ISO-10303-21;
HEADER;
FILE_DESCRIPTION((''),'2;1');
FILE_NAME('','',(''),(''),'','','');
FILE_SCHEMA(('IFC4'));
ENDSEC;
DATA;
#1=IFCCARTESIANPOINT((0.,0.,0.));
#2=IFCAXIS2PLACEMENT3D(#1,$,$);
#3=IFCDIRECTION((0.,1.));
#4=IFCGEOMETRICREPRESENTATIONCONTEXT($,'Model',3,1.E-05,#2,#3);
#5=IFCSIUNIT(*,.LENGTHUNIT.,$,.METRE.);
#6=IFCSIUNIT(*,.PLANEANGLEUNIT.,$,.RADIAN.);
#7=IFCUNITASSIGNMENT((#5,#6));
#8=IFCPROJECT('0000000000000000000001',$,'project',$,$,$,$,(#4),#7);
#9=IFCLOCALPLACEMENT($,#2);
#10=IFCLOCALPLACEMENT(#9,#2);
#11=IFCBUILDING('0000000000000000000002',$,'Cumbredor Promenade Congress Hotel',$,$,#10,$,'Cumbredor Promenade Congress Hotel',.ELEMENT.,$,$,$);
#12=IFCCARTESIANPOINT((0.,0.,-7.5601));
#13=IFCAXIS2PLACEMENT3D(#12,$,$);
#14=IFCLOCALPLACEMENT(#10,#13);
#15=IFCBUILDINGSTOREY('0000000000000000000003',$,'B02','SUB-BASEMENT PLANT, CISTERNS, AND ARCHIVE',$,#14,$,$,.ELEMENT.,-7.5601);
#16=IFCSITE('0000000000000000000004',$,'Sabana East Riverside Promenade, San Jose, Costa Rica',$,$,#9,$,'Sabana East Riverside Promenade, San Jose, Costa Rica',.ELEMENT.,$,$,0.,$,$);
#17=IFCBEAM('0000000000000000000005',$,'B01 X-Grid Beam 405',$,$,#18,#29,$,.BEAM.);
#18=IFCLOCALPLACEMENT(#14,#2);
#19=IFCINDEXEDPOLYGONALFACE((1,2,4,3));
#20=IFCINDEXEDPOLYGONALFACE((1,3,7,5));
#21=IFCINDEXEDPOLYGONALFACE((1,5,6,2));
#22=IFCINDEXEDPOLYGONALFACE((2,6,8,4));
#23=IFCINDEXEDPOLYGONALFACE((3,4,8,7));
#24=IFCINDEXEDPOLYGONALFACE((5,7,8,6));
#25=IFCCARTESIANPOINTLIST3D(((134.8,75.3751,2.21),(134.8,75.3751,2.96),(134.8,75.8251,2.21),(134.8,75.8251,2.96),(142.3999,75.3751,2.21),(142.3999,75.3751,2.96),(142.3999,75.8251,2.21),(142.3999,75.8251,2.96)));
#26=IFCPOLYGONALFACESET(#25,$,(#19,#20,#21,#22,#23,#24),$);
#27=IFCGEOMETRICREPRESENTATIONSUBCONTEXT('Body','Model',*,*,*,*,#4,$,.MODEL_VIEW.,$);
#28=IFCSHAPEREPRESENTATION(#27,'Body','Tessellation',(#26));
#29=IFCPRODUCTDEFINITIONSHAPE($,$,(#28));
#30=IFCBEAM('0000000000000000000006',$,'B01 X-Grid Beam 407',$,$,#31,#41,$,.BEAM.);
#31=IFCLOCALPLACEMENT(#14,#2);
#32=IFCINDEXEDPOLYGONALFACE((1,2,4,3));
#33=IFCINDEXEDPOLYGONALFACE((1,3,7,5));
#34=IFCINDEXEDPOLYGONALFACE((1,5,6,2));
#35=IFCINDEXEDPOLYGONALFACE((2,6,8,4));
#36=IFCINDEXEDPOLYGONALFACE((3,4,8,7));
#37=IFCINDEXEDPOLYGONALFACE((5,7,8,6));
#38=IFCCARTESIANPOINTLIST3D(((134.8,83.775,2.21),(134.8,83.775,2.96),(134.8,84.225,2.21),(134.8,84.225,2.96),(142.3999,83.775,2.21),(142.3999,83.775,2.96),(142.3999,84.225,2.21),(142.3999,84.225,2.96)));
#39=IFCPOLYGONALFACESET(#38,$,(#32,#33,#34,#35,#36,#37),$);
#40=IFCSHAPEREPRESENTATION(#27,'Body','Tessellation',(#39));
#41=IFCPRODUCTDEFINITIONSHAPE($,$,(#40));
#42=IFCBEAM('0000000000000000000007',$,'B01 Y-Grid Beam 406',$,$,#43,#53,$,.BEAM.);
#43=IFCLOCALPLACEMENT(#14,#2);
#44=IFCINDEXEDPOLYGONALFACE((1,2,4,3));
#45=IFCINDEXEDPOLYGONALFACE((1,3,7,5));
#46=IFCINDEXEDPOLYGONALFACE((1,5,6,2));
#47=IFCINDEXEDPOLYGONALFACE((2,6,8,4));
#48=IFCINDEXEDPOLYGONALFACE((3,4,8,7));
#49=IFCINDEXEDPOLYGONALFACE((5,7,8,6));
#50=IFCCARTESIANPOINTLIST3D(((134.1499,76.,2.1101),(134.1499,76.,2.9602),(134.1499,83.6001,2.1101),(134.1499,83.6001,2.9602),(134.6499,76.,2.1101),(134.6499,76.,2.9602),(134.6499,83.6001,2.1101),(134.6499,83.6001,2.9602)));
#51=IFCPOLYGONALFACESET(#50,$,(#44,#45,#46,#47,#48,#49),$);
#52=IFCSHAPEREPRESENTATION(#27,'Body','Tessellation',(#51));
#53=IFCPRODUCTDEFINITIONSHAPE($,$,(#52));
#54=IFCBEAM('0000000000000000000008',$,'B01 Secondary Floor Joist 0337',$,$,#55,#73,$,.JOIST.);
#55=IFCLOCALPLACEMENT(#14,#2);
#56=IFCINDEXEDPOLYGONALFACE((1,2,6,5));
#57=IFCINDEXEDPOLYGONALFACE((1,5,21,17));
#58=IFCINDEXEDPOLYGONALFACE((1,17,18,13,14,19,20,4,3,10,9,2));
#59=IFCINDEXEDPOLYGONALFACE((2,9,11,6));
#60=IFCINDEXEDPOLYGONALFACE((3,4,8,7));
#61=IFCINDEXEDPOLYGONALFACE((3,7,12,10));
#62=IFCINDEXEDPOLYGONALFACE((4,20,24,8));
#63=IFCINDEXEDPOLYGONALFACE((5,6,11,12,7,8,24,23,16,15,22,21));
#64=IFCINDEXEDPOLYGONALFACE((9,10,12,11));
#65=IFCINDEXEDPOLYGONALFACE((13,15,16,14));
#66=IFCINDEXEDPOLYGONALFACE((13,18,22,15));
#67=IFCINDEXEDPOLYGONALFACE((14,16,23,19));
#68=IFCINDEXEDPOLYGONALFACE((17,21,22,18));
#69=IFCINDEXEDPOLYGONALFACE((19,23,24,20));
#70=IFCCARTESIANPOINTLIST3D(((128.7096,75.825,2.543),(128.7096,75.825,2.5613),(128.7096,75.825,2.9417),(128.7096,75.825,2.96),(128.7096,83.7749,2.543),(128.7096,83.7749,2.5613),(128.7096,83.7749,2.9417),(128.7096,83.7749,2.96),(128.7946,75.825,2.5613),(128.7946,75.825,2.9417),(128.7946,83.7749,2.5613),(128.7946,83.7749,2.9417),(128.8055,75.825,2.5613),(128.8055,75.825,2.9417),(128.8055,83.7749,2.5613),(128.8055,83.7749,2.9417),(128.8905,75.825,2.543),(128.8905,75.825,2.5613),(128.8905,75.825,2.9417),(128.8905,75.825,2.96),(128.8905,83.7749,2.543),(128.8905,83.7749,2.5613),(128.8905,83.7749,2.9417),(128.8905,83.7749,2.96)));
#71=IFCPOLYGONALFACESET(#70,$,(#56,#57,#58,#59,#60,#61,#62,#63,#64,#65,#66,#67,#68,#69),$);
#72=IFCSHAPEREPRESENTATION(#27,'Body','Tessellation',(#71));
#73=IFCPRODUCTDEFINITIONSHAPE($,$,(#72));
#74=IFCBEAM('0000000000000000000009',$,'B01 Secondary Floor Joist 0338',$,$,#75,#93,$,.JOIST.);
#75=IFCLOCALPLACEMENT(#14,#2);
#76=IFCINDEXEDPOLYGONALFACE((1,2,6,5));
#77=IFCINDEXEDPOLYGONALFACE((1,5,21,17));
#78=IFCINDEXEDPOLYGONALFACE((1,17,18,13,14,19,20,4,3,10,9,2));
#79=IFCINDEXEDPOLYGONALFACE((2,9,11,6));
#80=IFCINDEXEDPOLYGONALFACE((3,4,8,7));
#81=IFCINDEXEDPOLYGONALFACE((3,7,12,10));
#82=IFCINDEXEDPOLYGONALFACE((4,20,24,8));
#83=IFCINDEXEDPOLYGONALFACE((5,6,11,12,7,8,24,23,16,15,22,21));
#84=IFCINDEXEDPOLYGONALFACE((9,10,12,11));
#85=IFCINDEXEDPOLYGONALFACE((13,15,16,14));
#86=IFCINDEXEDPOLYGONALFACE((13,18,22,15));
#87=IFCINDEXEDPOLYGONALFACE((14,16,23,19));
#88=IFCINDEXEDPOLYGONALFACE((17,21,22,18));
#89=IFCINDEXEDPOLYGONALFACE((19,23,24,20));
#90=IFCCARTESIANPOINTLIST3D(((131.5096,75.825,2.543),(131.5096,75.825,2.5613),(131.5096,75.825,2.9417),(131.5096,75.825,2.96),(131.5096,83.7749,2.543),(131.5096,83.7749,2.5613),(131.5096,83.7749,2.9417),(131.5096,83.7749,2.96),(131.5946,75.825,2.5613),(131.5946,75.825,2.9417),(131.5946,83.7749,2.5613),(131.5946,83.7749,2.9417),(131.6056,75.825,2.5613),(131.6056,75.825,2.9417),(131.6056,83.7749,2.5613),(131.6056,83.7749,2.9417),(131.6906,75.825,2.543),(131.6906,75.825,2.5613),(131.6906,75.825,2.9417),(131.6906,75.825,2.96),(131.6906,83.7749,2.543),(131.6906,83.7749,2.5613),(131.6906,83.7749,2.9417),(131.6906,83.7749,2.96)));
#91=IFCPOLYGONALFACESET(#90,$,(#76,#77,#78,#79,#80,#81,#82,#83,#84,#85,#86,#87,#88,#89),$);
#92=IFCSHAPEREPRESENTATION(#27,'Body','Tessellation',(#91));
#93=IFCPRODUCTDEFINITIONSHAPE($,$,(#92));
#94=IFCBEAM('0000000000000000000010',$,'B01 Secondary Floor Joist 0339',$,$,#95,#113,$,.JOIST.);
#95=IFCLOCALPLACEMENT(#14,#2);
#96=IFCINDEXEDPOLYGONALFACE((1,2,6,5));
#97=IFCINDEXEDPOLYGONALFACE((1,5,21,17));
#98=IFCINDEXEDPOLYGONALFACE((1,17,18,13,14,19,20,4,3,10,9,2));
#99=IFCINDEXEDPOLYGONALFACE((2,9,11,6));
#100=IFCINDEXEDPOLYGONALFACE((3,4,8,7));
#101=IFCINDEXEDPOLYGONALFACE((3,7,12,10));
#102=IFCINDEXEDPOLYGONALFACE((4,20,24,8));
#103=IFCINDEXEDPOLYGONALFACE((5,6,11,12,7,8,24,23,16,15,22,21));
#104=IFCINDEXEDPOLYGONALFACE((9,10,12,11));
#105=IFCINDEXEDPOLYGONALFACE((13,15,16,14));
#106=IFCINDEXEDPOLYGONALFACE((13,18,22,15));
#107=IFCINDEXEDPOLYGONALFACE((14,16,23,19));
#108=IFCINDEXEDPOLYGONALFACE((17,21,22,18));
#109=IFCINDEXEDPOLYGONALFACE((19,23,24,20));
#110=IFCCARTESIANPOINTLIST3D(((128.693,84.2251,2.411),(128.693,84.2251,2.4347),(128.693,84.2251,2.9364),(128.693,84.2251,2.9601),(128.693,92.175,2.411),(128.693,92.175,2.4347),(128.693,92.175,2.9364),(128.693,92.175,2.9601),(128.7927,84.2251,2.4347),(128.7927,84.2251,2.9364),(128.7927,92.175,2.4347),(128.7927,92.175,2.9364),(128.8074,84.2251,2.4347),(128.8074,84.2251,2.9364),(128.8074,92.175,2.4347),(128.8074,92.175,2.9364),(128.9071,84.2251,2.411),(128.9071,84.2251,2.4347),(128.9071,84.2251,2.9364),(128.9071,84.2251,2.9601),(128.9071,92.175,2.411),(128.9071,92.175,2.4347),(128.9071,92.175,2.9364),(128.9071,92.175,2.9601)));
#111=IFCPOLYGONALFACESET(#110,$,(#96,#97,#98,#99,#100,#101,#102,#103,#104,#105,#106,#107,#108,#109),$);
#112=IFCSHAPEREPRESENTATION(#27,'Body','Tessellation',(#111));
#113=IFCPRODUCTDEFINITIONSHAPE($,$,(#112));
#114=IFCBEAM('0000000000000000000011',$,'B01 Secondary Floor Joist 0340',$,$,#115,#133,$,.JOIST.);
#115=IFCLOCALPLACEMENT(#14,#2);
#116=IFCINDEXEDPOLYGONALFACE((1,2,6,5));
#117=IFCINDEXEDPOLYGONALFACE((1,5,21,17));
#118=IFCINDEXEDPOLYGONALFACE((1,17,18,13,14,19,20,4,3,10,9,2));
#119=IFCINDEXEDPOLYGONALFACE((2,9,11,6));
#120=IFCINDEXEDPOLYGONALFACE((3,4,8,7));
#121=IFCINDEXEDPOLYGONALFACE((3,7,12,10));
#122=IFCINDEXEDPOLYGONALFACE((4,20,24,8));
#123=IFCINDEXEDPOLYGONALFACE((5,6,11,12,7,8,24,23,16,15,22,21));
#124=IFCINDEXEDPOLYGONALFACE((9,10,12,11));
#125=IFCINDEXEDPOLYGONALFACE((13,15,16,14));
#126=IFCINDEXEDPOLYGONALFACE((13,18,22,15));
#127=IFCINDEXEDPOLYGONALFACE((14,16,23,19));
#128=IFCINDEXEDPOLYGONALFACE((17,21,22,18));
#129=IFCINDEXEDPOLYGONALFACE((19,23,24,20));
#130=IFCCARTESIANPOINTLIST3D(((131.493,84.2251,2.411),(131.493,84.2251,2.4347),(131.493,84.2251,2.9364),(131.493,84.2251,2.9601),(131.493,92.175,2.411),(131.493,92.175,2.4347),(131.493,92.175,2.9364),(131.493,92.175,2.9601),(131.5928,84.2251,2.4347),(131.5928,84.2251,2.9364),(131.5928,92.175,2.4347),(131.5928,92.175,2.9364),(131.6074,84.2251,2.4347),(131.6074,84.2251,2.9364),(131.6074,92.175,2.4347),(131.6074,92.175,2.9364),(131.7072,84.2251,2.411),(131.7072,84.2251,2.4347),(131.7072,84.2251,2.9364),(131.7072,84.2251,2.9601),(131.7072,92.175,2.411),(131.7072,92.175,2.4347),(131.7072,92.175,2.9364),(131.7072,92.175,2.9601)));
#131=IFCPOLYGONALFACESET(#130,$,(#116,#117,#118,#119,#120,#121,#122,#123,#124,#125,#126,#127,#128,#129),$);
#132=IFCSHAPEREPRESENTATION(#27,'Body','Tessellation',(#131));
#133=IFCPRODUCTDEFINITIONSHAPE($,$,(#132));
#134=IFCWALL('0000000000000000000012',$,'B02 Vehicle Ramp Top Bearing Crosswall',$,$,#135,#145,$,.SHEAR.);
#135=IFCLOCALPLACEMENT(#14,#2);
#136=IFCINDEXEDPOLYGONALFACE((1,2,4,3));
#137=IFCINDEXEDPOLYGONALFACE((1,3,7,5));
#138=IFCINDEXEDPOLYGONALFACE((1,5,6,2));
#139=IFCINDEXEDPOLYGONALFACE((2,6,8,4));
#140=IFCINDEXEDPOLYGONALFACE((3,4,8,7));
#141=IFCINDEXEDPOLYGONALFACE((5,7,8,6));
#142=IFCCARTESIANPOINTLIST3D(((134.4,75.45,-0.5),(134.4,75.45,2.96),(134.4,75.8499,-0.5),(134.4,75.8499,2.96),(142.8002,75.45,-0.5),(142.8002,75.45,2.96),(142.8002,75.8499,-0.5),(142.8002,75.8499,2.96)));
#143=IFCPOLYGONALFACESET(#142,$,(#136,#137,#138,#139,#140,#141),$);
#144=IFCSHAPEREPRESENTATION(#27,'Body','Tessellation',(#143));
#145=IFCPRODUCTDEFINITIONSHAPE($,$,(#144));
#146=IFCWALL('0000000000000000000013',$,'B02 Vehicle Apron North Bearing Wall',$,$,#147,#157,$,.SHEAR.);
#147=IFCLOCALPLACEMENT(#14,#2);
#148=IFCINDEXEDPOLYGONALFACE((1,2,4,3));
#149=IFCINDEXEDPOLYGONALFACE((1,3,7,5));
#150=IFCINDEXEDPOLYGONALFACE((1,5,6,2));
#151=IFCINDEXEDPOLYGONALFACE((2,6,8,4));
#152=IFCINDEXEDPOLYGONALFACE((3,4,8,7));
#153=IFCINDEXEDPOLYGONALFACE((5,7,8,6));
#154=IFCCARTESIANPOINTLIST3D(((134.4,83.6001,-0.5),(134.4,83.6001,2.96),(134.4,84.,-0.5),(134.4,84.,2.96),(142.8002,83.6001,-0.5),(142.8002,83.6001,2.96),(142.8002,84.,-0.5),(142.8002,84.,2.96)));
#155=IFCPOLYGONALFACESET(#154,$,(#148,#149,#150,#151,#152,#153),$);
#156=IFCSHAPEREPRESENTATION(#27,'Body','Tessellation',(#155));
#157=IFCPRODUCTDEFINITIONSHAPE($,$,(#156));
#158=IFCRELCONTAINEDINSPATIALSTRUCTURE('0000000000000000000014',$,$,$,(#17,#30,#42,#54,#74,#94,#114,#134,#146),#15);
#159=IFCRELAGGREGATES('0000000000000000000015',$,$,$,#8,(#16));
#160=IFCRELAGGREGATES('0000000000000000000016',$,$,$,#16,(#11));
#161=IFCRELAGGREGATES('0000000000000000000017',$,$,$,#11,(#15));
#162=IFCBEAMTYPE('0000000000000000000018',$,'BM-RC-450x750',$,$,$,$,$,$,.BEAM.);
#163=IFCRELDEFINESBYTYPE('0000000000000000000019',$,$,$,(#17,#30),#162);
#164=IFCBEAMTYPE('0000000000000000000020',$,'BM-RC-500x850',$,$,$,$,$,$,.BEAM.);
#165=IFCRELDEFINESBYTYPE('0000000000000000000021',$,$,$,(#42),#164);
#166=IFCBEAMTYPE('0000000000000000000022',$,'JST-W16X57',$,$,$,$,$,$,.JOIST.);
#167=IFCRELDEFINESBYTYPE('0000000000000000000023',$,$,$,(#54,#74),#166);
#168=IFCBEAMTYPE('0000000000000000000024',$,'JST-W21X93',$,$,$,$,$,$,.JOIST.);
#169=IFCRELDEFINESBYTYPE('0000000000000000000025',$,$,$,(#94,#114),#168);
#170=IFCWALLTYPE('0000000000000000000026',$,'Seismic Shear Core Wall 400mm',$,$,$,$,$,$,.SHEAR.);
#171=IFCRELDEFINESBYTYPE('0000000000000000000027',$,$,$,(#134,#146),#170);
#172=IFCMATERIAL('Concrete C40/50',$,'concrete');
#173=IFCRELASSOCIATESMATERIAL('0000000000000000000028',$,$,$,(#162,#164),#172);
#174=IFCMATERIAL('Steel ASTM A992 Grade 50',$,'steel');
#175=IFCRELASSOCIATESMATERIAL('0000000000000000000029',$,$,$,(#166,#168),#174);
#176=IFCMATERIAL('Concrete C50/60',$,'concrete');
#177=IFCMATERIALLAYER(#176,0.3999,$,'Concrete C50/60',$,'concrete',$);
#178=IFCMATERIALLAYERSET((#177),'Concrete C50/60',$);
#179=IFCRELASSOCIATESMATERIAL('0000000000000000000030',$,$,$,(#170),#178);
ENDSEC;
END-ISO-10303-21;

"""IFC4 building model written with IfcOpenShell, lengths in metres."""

from ifc_helpers import new_model, si_unit, direction, frame, frame_2d, origin, origin_2d, place, context, subcontext, project, spatial, rectangle, i_section, extrude, material, layer, layer_set, material_profile, profile_set, type_object, element, save


model = new_model("IFC4")

# Units and contexts
model_context = context("Model", 3, precision=1e-05, world=origin(), true_north=direction((0.0, 1.0)))
body_context = subcontext(model_context, "Body", "Model", "MODEL_VIEW")
ifc_project = project(units=[si_unit("LENGTHUNIT", "METRE"), si_unit("PLANEANGLEUNIT", "RADIAN")], contexts=[model_context])

# Site, building, storey
site_placement = place(None, origin())
site = spatial("IfcSite", under=ifc_project, at=site_placement, Name="Sabana East Riverside Promenade, San Jose, Costa Rica", LongName="Sabana East Riverside Promenade, San Jose, Costa Rica", CompositionType="ELEMENT", RefElevation=0.0)
building_placement = place(site_placement, origin())
building = spatial("IfcBuilding", under=site, at=building_placement, Name="Cumbredor Promenade Congress Hotel", LongName="Cumbredor Promenade Congress Hotel", CompositionType="ELEMENT")
storey_placement = place(building_placement, frame((0.0, 0.0, -7.5601)))
storey = spatial("IfcBuildingStorey", under=building, at=storey_placement, Name="B02", Description="SUB-BASEMENT PLANT, CISTERNS, AND ARCHIVE", CompositionType="ELEMENT", Elevation=-7.5601)

# Shared definitions
ifc_material_1 = material(Name="Concrete C40/50", Category="concrete")

# Shared definitions
ifc_material_2 = material(Name="Concrete C50/60", Category="concrete")

# Beams
ifc_material_profile_1 = material_profile(ifc_material_1, rectangle(XDim=0.45, YDim=0.75, at=origin_2d()), Name="RC BEAM 450x750")
ifc_profile_set_1 = profile_set([ifc_material_profile_1], Name="Concrete C40/50")
beam_type_1 = type_object("IfcBeamType", Name="BM-RC-450x750", PredefinedType="BEAM", material=ifc_profile_set_1)
for number, where, z_axis, x_axis, name in (
    (1, (134.8, 75.6001, 2.585), (1.0, 0.0, 0.0), (0.0, 1.0, 0.0), "B01 X-Grid Beam 405"),
    (2, (134.8, 84.0, 2.585), (1.0, 0.0, 0.0), (0.0, 1.0, 0.0), "B01 X-Grid Beam 407"),
):
    element("IfcBeam", number, at=place(storey_placement, frame(where, z_axis=z_axis, x_axis=x_axis)), inside=storey, type_object=beam_type_1, Name=name, PredefinedType="BEAM", context=body_context, shape_type="SweptSolid", body=[
        extrude(rectangle(XDim=0.45, YDim=0.75, at=origin_2d()), origin(), (0.0, 0.0, 1.0), 7.5999),
    ])
ifc_material_profile_2 = material_profile(ifc_material_1, rectangle(XDim=0.5, YDim=0.8501, at=origin_2d()), Name="RC BEAM 500x850")
ifc_profile_set_2 = profile_set([ifc_material_profile_2], Name="Concrete C40/50")
beam_type_2 = type_object("IfcBeamType", Name="BM-RC-500x850", PredefinedType="BEAM", material=ifc_profile_set_2)
beam_1_placement = place(storey_placement, frame((134.3999, 76.0, 2.5352), z_axis=(0.0, 1.0, 0.0), x_axis=(-1.0, 0.0, 0.0)))
element("IfcBeam", 3, at=beam_1_placement, inside=storey, type_object=beam_type_2, Name="B01 Y-Grid Beam 406", PredefinedType="BEAM", context=body_context, shape_type="SweptSolid", body=[
    extrude(rectangle(XDim=0.5, YDim=0.8501, at=origin_2d()), origin(), (0.0, 0.0, 1.0), 7.6001),
])
ifc_material_3 = material(Name="Steel ASTM A992 Grade 50", Category="steel")
ifc_material_profile_3 = material_profile(ifc_material_3, i_section(OverallWidth=0.1809, OverallDepth=0.417, WebThickness=0.011, FlangeThickness=0.0183, at=origin_2d()), Name="W16X57")
ifc_profile_set_3 = profile_set([ifc_material_profile_3], Name="Steel ASTM A992 Grade 50")
beam_type_3 = type_object("IfcBeamType", Name="JST-W16X57", PredefinedType="JOIST", material=ifc_profile_set_3)
for number, where, z_axis, x_axis, name in (
    (4, (128.8, 75.825, 2.7515), (0.0, 1.0, 0.0), (-1.0, 0.0, 0.0), "B01 Secondary Floor Joist 0337"),
    (5, (131.6001, 75.825, 2.7515), (0.0, 1.0, 0.0), (-1.0, 0.0, 0.0), "B01 Secondary Floor Joist 0338"),
):
    element("IfcBeam", number, at=place(storey_placement, frame(where, z_axis=z_axis, x_axis=x_axis)), inside=storey, type_object=beam_type_3, Name=name, PredefinedType="JOIST", context=body_context, shape_type="SweptSolid", body=[
        extrude(i_section(OverallWidth=0.1809, OverallDepth=0.417, WebThickness=0.011, FlangeThickness=0.0183, at=origin_2d()), origin(), (0.0, 0.0, 1.0), 7.95),
    ])
ifc_material_profile_4 = material_profile(ifc_material_3, i_section(OverallWidth=0.2141, OverallDepth=0.5491, WebThickness=0.0146, FlangeThickness=0.0237, at=origin_2d()), Name="W21X93")
ifc_profile_set_4 = profile_set([ifc_material_profile_4], Name="Steel ASTM A992 Grade 50")
beam_type_4 = type_object("IfcBeamType", Name="JST-W21X93", PredefinedType="JOIST", material=ifc_profile_set_4)
for number, where, z_axis, x_axis, name in (
    (6, (128.8, 84.2251, 2.6855), (0.0, 1.0, 0.0), (-1.0, 0.0, 0.0), "B01 Secondary Floor Joist 0339"),
    (7, (131.6001, 84.2251, 2.6855), (0.0, 1.0, 0.0), (-1.0, 0.0, 0.0), "B01 Secondary Floor Joist 0340"),
):
    element("IfcBeam", number, at=place(storey_placement, frame(where, z_axis=z_axis, x_axis=x_axis)), inside=storey, type_object=beam_type_4, Name=name, PredefinedType="JOIST", context=body_context, shape_type="SweptSolid", body=[
        extrude(i_section(OverallWidth=0.2141, OverallDepth=0.5491, WebThickness=0.0146, FlangeThickness=0.0237, at=origin_2d()), origin(), (0.0, 0.0, 1.0), 7.95),
    ])

# Walls
ifc_layer = layer(ifc_material_2, 0.3999, Name="Concrete C50/60", Category="concrete")
ifc_layer_set = layer_set([ifc_layer], Name="Concrete C50/60")
wall_type = type_object("IfcWallType", Name="Seismic Shear Core Wall 400mm", PredefinedType="SHEAR", material=ifc_layer_set)
for number, where, z_axis, x_axis, name in (
    (8, (134.3999, 75.6499, -0.5), (0.0, 0.0, 1.0), (1.0, 0.0, 0.0), "B02 Vehicle Ramp Top Bearing Crosswall"),
    (9, (134.3999, 83.8, -0.5), (0.0, 0.0, 1.0), (1.0, 0.0, 0.0), "B02 Vehicle Apron North Bearing Wall"),
):
    element("IfcWall", number, at=place(storey_placement, frame(where, z_axis=z_axis, x_axis=x_axis)), inside=storey, type_object=wall_type, Name=name, PredefinedType="SHEAR", context=body_context, shape_type="SweptSolid", body=[
        extrude(rectangle(XDim=8.4001, YDim=0.3999, at=frame_2d((4.2002, 0.0))), origin(), (0.0, 0.0, 1.0), 3.46),
    ])

save(model, "model.ifc")
